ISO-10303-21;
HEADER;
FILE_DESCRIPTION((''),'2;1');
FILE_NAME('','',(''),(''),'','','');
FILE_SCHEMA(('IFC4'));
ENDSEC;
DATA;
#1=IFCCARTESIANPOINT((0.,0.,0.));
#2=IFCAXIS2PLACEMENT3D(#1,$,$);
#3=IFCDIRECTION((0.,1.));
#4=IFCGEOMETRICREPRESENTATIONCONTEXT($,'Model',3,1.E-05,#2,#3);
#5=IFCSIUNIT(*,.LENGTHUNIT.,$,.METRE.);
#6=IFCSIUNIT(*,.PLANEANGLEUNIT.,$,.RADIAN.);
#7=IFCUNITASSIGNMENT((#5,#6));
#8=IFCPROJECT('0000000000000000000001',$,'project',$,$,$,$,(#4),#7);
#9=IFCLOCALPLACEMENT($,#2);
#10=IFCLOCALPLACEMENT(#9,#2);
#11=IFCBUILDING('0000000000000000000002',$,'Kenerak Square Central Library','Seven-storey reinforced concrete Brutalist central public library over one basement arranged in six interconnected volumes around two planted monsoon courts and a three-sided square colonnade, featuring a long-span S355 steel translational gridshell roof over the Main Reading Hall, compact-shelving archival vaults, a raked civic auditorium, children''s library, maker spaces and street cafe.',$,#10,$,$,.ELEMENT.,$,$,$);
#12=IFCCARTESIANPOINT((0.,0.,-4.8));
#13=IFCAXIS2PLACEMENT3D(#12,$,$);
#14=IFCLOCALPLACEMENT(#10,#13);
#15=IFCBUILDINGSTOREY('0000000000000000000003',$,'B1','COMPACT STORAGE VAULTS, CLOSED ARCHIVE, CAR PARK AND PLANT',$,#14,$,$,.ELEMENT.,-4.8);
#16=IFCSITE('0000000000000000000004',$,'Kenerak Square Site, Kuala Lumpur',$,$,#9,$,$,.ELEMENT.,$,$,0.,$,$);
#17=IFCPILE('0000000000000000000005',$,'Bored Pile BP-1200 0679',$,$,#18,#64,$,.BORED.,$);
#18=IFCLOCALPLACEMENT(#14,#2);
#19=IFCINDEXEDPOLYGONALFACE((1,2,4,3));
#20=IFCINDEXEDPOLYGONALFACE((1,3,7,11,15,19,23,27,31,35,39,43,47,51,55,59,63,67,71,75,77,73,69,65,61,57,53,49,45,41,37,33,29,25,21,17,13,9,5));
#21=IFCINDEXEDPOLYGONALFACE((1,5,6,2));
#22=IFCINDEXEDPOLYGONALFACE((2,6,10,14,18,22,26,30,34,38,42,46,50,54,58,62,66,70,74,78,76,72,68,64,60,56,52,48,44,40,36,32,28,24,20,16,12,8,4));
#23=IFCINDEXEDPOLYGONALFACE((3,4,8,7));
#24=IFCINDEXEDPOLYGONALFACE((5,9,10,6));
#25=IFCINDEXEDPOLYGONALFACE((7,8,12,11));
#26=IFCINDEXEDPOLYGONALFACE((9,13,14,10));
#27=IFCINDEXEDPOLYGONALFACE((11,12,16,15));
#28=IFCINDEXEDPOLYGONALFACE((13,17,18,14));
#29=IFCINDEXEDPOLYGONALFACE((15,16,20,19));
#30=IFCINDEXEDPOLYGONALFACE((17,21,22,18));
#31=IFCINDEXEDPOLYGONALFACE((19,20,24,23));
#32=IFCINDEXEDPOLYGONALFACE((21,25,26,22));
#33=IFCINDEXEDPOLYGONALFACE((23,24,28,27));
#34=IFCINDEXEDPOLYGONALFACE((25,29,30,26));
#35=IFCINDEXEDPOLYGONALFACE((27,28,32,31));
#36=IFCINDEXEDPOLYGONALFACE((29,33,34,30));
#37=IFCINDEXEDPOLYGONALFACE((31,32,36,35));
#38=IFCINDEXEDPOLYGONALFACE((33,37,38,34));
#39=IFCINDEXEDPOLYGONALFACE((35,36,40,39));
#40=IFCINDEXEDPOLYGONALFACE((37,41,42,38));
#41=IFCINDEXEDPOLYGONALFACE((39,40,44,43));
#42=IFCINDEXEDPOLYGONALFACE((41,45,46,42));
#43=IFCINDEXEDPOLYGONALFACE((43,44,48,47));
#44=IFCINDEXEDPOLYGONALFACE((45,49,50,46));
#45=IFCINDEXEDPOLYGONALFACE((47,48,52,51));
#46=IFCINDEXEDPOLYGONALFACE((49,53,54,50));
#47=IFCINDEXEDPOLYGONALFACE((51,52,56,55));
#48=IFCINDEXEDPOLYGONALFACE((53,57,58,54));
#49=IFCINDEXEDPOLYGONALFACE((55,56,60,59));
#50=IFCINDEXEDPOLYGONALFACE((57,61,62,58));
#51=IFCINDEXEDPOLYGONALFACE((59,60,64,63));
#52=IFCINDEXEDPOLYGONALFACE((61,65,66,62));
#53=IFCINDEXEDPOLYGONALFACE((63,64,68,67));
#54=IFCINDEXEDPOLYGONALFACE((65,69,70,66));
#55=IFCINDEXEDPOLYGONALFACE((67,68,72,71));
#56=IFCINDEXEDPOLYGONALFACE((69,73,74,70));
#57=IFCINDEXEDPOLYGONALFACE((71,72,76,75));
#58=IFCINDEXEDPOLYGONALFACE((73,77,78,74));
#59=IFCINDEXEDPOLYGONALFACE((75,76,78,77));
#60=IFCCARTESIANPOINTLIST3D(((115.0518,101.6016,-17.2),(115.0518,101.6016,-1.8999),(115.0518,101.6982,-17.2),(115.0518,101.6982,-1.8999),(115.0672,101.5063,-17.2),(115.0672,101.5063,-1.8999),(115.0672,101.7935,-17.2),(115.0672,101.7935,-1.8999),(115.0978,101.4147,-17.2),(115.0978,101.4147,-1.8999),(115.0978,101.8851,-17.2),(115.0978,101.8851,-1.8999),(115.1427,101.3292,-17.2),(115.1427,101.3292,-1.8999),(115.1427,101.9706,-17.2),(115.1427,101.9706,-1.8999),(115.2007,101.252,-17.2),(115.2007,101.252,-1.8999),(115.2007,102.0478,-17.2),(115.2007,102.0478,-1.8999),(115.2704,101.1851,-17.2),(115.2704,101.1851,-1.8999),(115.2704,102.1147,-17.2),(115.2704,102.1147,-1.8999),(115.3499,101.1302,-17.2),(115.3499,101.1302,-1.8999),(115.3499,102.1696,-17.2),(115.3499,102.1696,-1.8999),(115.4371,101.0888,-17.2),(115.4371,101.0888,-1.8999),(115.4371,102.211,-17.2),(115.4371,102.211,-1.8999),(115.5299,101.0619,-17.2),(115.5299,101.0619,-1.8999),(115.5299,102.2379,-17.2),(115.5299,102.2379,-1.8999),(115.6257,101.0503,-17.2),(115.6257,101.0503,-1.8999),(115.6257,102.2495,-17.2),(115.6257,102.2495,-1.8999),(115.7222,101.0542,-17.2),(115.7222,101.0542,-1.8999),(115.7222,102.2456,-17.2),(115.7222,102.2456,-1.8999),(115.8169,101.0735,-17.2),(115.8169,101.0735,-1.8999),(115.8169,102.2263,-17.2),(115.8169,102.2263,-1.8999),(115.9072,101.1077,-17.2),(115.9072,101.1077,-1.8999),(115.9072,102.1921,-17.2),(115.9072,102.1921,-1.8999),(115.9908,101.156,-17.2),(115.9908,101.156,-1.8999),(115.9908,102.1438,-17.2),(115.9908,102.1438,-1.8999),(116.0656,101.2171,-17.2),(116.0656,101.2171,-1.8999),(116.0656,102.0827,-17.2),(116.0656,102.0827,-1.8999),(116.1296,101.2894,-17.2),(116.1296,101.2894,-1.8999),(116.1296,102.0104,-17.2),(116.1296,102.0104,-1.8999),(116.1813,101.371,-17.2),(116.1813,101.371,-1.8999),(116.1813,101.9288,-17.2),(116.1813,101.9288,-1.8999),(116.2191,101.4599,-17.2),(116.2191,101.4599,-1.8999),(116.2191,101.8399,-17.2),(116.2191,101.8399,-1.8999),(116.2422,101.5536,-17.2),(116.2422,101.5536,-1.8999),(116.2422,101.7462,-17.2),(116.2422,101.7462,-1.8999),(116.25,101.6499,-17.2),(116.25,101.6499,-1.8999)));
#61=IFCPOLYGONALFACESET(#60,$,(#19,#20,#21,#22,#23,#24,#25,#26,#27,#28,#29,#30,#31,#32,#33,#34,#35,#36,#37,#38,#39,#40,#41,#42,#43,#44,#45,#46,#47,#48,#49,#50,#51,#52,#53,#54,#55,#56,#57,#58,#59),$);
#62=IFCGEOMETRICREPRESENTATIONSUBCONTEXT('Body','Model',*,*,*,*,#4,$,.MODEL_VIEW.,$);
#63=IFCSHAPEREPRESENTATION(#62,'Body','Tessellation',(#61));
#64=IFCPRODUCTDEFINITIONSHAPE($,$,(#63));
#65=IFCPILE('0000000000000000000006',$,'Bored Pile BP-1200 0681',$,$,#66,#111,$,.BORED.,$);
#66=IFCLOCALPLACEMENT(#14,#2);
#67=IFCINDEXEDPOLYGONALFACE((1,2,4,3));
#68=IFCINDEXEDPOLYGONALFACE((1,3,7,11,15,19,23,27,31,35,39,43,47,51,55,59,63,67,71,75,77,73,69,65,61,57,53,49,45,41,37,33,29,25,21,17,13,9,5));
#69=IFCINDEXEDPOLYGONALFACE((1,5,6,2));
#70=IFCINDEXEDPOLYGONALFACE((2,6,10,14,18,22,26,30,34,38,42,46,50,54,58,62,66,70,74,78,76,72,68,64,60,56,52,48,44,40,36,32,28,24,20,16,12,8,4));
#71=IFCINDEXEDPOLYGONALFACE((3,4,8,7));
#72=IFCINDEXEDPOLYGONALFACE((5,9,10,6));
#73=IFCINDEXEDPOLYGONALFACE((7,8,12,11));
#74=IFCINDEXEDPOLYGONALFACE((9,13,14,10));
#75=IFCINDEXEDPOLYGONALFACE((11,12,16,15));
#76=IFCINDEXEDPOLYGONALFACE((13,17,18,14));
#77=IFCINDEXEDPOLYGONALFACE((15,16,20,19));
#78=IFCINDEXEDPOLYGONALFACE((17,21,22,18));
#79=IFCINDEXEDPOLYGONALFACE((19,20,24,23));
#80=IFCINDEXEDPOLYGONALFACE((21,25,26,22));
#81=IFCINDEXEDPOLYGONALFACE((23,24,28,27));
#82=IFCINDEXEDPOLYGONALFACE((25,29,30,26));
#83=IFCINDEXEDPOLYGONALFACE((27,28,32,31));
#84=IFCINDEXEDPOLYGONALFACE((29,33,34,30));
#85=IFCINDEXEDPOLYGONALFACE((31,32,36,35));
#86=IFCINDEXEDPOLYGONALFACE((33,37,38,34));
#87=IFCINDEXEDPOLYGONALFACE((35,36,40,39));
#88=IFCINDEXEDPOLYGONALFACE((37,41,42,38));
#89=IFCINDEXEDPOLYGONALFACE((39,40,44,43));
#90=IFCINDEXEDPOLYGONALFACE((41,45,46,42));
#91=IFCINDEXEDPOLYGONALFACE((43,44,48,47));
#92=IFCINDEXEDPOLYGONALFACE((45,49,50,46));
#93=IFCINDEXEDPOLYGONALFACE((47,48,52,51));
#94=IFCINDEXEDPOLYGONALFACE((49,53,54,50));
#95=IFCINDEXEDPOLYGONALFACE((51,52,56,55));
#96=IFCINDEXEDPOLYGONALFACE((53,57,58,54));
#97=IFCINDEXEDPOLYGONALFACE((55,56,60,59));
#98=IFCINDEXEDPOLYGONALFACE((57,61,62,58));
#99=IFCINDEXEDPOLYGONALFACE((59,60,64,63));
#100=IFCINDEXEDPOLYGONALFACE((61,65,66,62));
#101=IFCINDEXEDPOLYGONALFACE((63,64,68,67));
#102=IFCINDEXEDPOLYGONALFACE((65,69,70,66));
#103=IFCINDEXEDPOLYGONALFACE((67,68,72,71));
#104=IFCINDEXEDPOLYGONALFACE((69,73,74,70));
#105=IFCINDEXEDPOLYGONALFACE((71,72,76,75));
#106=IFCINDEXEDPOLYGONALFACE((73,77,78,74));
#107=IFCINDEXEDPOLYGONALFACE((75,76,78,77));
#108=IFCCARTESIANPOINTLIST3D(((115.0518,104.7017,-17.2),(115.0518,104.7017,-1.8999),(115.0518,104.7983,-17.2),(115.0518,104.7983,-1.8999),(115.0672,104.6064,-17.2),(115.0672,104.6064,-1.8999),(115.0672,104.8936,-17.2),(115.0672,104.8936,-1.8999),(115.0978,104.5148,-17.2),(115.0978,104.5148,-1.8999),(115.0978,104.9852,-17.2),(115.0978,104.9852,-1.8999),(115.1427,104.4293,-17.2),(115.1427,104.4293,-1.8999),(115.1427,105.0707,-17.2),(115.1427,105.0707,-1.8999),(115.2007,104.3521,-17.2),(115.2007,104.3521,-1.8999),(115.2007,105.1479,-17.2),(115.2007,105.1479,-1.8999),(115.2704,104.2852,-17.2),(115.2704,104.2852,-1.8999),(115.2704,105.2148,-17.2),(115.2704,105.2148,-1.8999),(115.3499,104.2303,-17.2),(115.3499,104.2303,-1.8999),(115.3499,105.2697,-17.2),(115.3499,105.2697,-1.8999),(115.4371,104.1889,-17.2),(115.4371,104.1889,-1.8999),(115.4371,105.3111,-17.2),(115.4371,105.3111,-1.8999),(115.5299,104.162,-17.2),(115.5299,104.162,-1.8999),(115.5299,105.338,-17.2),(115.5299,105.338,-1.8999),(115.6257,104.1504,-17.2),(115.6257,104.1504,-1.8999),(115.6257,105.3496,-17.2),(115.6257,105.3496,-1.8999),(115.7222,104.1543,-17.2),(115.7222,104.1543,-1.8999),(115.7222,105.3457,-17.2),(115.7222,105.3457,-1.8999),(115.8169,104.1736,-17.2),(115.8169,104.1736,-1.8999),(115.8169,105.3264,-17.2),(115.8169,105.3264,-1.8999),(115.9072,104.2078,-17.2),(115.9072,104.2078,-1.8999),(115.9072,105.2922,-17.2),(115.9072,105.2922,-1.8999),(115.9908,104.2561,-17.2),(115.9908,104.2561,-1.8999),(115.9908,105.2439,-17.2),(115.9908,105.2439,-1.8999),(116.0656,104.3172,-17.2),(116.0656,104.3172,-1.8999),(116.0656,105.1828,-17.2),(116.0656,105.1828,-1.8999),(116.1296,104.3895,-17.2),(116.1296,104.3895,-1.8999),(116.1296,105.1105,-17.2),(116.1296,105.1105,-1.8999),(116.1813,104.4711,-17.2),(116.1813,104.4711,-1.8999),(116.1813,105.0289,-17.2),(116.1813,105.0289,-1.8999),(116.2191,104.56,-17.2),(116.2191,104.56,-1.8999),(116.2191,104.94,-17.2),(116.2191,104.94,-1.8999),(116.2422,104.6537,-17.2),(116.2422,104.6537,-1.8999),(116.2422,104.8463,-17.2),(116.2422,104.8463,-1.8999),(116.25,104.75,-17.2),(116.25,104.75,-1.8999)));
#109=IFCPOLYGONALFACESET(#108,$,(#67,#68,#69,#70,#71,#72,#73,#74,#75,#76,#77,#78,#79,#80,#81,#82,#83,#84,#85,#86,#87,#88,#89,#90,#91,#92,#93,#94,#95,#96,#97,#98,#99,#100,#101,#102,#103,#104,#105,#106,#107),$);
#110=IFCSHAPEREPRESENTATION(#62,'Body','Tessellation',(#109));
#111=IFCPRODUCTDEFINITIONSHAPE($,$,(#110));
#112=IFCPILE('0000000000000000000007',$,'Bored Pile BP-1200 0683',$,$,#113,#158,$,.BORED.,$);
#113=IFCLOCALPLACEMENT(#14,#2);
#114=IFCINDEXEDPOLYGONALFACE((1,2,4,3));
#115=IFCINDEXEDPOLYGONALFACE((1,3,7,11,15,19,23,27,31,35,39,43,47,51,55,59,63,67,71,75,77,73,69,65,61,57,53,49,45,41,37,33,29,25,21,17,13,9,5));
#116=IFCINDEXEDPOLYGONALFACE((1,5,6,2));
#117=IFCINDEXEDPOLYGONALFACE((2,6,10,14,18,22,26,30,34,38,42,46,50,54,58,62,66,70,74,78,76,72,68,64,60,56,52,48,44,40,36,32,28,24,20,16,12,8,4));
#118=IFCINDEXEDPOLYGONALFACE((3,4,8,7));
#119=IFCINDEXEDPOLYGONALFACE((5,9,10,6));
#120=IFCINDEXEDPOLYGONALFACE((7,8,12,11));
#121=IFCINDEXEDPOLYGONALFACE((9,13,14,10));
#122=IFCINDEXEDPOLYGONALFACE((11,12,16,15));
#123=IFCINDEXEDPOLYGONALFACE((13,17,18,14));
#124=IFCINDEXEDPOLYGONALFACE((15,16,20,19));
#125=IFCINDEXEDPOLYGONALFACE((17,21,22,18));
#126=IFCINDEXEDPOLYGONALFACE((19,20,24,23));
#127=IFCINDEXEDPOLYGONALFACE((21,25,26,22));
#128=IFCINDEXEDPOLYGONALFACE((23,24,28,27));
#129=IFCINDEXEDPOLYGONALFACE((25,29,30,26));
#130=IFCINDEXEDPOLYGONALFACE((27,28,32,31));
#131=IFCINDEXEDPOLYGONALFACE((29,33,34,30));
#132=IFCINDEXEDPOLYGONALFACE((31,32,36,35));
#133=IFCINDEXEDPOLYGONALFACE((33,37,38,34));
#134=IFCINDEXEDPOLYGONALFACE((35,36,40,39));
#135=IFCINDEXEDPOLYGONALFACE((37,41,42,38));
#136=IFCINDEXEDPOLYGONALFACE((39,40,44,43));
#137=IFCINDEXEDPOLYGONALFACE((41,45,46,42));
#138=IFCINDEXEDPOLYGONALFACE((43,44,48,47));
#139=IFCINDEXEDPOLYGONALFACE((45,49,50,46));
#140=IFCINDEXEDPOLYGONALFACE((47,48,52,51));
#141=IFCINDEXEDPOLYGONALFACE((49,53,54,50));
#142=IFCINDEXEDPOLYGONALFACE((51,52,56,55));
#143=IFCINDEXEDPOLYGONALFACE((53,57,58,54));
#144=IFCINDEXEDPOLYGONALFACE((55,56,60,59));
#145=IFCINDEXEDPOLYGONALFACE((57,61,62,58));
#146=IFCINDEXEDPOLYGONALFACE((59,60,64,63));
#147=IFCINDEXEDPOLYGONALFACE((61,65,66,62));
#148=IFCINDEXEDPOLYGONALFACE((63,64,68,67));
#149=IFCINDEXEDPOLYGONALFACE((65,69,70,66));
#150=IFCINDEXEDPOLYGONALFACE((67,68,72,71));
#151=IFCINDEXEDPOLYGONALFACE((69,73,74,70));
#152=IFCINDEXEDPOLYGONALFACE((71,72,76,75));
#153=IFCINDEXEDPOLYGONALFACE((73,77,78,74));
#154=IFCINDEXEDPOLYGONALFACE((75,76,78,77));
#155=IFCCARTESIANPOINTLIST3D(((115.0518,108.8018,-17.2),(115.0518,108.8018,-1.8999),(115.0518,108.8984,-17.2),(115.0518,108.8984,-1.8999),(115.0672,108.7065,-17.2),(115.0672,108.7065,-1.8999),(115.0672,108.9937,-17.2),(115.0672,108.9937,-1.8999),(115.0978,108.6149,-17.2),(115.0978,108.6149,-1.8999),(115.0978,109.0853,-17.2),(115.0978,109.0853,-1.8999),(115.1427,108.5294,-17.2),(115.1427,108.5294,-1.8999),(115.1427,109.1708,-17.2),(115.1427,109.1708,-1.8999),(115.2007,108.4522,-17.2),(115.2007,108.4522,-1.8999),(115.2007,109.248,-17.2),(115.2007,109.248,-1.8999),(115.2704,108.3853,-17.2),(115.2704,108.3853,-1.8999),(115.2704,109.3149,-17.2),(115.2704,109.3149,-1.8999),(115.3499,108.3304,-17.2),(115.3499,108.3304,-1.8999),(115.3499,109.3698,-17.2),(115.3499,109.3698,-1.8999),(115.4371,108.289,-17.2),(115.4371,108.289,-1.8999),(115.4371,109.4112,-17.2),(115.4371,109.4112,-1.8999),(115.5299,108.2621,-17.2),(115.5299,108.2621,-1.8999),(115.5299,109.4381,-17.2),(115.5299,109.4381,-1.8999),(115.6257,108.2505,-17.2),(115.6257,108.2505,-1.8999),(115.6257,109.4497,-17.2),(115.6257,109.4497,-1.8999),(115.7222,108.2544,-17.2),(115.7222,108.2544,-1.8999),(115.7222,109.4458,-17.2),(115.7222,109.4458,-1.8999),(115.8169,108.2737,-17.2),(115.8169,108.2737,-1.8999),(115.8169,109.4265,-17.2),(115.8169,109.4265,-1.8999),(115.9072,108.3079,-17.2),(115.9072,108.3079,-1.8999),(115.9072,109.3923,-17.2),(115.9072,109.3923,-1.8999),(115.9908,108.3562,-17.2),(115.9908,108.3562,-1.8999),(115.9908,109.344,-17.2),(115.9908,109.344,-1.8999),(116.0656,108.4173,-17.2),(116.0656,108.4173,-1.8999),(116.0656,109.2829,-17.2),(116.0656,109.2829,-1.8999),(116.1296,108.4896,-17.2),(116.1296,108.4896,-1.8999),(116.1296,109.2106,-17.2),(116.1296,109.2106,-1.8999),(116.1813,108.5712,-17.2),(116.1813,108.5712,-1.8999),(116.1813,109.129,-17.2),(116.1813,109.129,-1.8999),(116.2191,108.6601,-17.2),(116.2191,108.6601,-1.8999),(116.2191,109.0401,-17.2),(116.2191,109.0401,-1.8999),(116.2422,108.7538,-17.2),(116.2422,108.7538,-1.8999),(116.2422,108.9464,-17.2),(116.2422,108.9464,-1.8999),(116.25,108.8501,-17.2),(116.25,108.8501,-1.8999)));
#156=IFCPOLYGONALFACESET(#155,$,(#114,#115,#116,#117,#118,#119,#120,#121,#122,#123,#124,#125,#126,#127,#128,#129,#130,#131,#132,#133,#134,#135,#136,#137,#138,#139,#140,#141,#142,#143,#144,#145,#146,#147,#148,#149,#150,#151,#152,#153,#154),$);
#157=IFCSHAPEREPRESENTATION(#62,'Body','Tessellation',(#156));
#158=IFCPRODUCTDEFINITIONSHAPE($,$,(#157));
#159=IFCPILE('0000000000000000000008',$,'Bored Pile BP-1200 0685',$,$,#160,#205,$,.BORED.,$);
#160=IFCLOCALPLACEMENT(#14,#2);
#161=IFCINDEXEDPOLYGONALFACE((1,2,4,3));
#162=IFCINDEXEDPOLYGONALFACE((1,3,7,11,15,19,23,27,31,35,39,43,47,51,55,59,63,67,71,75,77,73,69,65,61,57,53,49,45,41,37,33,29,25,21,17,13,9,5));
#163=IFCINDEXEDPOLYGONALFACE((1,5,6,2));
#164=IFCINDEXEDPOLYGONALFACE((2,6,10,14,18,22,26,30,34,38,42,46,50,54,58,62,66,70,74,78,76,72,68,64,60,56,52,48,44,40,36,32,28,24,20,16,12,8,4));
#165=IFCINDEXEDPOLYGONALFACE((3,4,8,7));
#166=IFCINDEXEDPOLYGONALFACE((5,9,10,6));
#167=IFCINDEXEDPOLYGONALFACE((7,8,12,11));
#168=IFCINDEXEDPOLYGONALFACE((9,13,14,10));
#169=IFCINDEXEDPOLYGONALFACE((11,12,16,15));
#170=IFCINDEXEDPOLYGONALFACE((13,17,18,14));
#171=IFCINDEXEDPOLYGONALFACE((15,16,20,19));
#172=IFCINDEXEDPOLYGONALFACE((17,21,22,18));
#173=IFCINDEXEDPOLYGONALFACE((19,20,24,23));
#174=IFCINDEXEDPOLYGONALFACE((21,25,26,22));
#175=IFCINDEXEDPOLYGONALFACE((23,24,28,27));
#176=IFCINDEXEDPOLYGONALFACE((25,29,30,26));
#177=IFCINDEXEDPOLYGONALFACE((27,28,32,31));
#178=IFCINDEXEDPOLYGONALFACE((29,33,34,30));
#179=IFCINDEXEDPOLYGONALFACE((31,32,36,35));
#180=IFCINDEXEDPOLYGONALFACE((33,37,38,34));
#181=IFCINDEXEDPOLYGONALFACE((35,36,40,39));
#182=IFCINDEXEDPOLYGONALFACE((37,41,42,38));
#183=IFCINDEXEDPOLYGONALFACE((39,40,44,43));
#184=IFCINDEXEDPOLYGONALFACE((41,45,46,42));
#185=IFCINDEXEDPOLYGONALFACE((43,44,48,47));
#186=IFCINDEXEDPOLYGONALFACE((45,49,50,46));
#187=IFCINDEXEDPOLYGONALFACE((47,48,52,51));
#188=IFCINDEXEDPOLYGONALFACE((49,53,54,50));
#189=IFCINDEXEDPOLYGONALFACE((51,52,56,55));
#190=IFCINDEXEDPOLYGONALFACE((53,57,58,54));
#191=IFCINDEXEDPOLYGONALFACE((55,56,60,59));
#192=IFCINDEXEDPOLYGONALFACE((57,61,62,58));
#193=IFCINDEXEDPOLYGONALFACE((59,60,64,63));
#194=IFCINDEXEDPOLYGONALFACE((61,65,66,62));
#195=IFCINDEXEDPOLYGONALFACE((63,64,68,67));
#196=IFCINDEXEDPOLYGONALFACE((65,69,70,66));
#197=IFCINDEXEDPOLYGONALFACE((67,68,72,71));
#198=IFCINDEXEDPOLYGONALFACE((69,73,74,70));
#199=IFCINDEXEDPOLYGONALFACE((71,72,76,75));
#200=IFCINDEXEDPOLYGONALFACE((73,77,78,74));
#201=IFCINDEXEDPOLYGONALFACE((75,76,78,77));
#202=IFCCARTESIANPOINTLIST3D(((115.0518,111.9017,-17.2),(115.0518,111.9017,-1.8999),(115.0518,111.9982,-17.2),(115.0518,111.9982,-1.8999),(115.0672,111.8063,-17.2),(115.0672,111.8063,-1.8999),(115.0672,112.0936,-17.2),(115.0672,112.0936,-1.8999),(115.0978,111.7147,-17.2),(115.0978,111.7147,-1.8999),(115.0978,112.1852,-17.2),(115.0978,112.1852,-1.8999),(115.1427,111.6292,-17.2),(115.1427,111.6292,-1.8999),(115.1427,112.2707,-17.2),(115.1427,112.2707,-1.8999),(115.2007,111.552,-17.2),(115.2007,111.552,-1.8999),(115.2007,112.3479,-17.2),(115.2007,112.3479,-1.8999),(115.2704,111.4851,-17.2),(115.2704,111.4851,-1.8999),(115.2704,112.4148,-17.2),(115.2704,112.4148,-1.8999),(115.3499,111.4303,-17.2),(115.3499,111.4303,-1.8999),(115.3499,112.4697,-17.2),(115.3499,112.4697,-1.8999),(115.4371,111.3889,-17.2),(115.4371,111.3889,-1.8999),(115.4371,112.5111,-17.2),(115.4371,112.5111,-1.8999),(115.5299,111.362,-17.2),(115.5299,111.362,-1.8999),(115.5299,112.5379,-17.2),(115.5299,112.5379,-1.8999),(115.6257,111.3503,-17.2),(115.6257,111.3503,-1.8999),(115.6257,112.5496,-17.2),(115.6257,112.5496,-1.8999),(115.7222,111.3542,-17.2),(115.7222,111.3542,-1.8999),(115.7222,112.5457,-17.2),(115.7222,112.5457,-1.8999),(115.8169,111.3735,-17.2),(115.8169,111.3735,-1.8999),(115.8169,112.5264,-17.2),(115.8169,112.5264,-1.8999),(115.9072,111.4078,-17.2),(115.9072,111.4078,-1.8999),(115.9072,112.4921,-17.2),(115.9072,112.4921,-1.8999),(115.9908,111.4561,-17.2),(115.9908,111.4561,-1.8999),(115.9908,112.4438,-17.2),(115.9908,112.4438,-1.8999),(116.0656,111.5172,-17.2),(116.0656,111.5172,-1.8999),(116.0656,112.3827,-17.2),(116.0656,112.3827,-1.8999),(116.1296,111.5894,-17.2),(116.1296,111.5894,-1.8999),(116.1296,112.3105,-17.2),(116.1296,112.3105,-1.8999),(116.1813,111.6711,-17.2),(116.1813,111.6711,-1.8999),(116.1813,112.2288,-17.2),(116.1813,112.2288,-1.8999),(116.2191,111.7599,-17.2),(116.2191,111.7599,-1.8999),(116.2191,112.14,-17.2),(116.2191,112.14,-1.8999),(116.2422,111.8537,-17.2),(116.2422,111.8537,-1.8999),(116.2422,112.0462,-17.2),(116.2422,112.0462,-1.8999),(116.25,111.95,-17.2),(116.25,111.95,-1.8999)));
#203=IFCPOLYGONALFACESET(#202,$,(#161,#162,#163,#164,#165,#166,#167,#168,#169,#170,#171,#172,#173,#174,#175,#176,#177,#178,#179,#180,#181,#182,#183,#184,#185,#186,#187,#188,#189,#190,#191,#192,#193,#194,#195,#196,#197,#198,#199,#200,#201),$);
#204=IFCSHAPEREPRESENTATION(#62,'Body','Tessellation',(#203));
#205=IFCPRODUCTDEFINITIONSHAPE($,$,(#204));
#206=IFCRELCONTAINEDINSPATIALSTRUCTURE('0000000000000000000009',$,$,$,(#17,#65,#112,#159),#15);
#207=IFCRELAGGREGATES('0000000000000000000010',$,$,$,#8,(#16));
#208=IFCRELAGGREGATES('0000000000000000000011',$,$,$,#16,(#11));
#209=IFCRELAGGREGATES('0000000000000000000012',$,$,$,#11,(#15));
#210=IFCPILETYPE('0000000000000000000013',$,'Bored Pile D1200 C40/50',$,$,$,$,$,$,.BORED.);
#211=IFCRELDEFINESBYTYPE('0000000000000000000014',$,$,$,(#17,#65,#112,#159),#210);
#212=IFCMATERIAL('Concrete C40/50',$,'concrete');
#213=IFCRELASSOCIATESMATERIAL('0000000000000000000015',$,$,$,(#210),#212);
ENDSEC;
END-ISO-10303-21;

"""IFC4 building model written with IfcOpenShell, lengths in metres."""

from ifc_helpers import new_model, si_unit, direction, frame, origin, origin_2d, place, context, subcontext, project, spatial, circle, extrude, material, material_profile, profile_set, type_object, element, save


model = new_model("IFC4")

# Units and contexts
model_context = context("Model", 3, precision=1e-05, world=origin(), true_north=direction((0.0, 1.0)))
body_context = subcontext(model_context, "Body", "Model", "MODEL_VIEW")
ifc_project = project(units=[si_unit("LENGTHUNIT", "METRE"), si_unit("PLANEANGLEUNIT", "RADIAN")], contexts=[model_context])

# Site, building, storey
site_placement = place(None, origin())
site = spatial("IfcSite", under=ifc_project, at=site_placement, Name="Kenerak Square Site, Kuala Lumpur", CompositionType="ELEMENT", RefElevation=0.0)
building_placement = place(site_placement, origin())
building = spatial("IfcBuilding", under=site, at=building_placement, Name="Kenerak Square Central Library", Description="Seven-storey reinforced concrete Brutalist central public library over one basement arranged in six interconnected volumes around two planted monsoon courts and a three-sided square colonnade, featuring a long-span S355 steel translational gridshell roof over the Main Reading Hall, compact-shelving archival vaults, a raked civic auditorium, children's library, maker spaces and street cafe.", CompositionType="ELEMENT")
storey_placement = place(building_placement, frame((0.0, 0.0, -4.8)))
storey = spatial("IfcBuildingStorey", under=building, at=storey_placement, Name="B1", Description="COMPACT STORAGE VAULTS, CLOSED ARCHIVE, CAR PARK AND PLANT", CompositionType="ELEMENT", Elevation=-4.8)

# Piles
ifc_material_1 = material(Name="Concrete C40/50", Category="concrete")
ifc_material_profile_1 = material_profile(ifc_material_1, circle(Radius=0.6001, at=origin_2d()), Name="BP D1200")
ifc_profile_set_1 = profile_set([ifc_material_profile_1], Name="Concrete C40/50")
pile_type = type_object("IfcPileType", Name="Bored Pile D1200 C40/50", PredefinedType="BORED", material=ifc_profile_set_1)
for number, where, z_axis, x_axis, name in (
    (1, (115.6499, 101.6499, -1.8999), (0.0, 0.0, -1.0), (1.0, 0.0, 0.0), "Bored Pile BP-1200 0679"),
    (2, (115.6499, 104.75, -1.8999), (0.0, 0.0, -1.0), (1.0, 0.0, 0.0), "Bored Pile BP-1200 0681"),
    (3, (115.6499, 108.8501, -1.8999), (0.0, 0.0, -1.0), (1.0, 0.0, 0.0), "Bored Pile BP-1200 0683"),
    (4, (115.6499, 111.95, -1.8999), (0.0, 0.0, -1.0), (1.0, 0.0, 0.0), "Bored Pile BP-1200 0685"),
):
    element("IfcPile", number, at=place(storey_placement, frame(where, z_axis=z_axis, x_axis=x_axis)), inside=storey, type_object=pile_type, Name=name, PredefinedType="BORED", context=body_context, shape_type="SweptSolid", body=[
        extrude(circle(Radius=0.6001, at=origin_2d()), origin(), (0.0, 0.0, 1.0), 15.3),
    ])

save(model, "model.ifc")
